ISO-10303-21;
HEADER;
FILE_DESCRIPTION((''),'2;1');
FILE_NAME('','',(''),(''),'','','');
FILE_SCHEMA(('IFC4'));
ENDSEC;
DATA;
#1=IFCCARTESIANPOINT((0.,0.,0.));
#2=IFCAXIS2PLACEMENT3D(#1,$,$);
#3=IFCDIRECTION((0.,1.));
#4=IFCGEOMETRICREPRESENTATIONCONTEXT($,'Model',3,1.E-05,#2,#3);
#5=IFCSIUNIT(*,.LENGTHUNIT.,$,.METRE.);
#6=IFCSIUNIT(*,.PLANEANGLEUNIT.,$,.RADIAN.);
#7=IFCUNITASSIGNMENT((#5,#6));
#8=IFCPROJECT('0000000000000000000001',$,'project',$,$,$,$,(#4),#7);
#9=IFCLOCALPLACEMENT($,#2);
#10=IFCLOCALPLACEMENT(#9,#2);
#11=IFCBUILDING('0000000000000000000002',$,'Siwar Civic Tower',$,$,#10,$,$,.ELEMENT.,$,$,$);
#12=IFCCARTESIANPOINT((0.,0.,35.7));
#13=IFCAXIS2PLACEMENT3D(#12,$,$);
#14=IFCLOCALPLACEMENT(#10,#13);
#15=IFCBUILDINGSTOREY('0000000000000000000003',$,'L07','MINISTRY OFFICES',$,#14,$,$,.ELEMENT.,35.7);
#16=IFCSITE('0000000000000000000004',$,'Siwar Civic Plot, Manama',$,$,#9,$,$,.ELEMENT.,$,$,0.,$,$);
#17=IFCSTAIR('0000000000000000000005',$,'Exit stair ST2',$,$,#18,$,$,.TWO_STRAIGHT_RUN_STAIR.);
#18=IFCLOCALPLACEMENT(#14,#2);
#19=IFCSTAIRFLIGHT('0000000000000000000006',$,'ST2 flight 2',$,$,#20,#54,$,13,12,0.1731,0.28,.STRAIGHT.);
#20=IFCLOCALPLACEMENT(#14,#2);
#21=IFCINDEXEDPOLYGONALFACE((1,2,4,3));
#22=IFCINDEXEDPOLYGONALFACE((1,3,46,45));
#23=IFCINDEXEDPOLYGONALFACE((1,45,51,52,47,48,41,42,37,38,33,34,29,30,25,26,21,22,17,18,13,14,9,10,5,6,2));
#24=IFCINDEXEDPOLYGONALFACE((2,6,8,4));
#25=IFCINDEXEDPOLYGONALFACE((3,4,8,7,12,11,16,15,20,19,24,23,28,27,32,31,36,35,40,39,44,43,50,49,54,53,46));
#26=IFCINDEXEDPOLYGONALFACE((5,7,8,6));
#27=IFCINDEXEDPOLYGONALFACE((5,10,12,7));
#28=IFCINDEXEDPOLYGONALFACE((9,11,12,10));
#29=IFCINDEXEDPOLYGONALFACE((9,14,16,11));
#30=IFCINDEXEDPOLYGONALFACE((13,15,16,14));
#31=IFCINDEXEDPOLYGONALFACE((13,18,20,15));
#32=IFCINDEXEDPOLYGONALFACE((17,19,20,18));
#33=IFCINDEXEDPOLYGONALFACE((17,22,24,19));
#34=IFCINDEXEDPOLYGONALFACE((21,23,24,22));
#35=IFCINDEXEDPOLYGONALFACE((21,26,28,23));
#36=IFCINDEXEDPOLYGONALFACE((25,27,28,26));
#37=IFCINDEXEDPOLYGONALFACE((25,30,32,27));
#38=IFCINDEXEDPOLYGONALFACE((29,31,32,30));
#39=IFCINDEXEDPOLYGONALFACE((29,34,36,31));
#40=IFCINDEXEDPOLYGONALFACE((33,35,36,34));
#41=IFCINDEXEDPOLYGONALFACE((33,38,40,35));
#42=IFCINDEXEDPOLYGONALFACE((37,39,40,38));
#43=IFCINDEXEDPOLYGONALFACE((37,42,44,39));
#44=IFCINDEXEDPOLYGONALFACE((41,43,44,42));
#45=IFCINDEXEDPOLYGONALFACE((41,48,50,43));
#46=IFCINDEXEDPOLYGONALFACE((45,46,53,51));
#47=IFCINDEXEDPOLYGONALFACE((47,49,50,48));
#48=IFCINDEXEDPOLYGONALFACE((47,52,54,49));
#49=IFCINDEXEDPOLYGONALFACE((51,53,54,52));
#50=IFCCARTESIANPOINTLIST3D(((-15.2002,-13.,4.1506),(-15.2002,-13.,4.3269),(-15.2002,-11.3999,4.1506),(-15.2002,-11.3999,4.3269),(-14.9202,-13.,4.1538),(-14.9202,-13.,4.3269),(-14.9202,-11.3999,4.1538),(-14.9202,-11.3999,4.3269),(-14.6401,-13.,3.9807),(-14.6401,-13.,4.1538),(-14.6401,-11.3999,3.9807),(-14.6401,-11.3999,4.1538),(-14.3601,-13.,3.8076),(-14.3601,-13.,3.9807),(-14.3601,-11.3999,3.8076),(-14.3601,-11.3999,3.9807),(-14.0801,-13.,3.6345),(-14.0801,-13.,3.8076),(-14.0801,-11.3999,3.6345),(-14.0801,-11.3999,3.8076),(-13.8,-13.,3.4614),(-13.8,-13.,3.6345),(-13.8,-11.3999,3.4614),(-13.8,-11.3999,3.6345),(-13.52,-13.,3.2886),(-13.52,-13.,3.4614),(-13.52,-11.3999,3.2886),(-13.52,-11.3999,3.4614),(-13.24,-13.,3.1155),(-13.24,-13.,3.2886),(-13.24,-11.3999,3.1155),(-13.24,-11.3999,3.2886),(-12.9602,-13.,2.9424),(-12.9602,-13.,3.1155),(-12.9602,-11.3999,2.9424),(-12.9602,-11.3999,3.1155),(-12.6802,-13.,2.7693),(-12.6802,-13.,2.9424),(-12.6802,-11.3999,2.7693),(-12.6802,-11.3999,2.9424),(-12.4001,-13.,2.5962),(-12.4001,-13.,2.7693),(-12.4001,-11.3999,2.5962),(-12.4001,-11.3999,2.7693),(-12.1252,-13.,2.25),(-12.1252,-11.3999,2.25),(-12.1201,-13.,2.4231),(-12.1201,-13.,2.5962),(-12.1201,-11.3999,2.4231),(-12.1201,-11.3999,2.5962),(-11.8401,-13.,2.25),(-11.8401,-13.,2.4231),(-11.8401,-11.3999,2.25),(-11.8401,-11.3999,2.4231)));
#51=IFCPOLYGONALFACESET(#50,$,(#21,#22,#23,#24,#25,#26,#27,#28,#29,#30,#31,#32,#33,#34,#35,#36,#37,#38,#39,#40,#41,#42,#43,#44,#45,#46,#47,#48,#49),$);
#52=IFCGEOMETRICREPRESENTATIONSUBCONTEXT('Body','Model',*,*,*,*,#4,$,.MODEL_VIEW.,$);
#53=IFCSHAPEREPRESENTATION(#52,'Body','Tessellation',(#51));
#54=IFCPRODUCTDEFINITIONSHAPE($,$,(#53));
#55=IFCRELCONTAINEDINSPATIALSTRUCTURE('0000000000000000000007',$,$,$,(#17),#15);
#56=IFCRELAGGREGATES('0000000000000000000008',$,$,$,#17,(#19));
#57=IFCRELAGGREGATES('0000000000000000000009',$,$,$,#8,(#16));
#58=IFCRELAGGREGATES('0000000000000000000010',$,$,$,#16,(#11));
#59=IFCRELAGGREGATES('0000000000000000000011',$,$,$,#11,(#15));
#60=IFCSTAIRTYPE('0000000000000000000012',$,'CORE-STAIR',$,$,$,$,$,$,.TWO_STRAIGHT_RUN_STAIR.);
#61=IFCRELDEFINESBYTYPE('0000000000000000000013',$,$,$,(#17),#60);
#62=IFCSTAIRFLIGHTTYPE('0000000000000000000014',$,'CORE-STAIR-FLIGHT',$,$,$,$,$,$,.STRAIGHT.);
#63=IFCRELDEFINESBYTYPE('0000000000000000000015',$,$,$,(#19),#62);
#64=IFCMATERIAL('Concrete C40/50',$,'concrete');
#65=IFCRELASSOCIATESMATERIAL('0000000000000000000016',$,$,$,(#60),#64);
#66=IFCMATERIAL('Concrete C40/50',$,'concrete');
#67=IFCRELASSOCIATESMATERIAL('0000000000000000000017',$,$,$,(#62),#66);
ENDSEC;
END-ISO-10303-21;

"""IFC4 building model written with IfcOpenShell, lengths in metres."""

from ifc_helpers import new_model, si_unit, direction, frame, origin, place, context, subcontext, project, spatial, polyline, outline, extrude, material, type_object, element, aggregate, save


model = new_model("IFC4")

# Units and contexts
model_context = context("Model", 3, precision=1e-05, world=origin(), true_north=direction((0.0, 1.0)))
body_context = subcontext(model_context, "Body", "Model", "MODEL_VIEW")
ifc_project = project(units=[si_unit("LENGTHUNIT", "METRE"), si_unit("PLANEANGLEUNIT", "RADIAN")], contexts=[model_context])

# Site, building, storey
site_placement = place(None, origin())
site = spatial("IfcSite", under=ifc_project, at=site_placement, Name="Siwar Civic Plot, Manama", CompositionType="ELEMENT", RefElevation=0.0)
building_placement = place(site_placement, origin())
building = spatial("IfcBuilding", under=site, at=building_placement, Name="Siwar Civic Tower", CompositionType="ELEMENT")
storey_placement = place(building_placement, frame((0.0, 0.0, 35.7)))
storey = spatial("IfcBuildingStorey", under=building, at=storey_placement, Name="L07", Description="MINISTRY OFFICES", CompositionType="ELEMENT", Elevation=35.7)

# Stair, stair flight
ifc_material_1 = material(Name="Concrete C40/50", Category="concrete")
stair_type = type_object("IfcStairType", Name="CORE-STAIR", PredefinedType="TWO_STRAIGHT_RUN_STAIR", material=ifc_material_1)
stair_placement = place(storey_placement, origin())
stair = element("IfcStair", 1, at=stair_placement, inside=storey, type_object=stair_type, Name="Exit stair ST2", PredefinedType="TWO_STRAIGHT_RUN_STAIR")
ifc_material_2 = material(Name="Concrete C40/50", Category="concrete")
stair_flight_type = type_object("IfcStairFlightType", Name="CORE-STAIR-FLIGHT", PredefinedType="STRAIGHT", material=ifc_material_2)
stair_flight_1_placement = place(storey_placement, frame((-11.8401, -12.2, 2.25), z_axis=(0.0, 0.0, 1.0), x_axis=(-1.0, 0.0, 0.0)))
stair_flight_1 = element("IfcStairFlight", 2, at=stair_flight_1_placement, type_object=stair_flight_type, Name="ST2 flight 2", NumberOfRisers=13, NumberOfTreads=12, PredefinedType="STRAIGHT", RiserHeight=0.1731, TreadLength=0.28, context=body_context, shape_type="SweptSolid", body=[
    extrude(outline(polyline([(0.0, 0.0), (0.0, 0.1731), (0.28, 0.1731), (0.28, 0.3462), (0.5601, 0.3462), (0.5601, 0.5193), (0.8401, 0.5193), (0.8401, 0.6924), (1.1201, 0.6924), (1.1201, 0.8655), (1.3999, 0.8655), (1.3999, 1.0386), (1.6799, 1.0386), (1.6799, 1.2114), (1.96, 1.2114), (1.96, 1.3845), (2.24, 1.3845), (2.24, 1.5576), (2.52, 1.5576), (2.52, 1.7307), (2.8, 1.7307), (2.8, 1.9038), (3.0801, 1.9038), (3.0801, 2.0769), (3.3601, 2.0769), (3.3601, 2.25), (3.3601, 1.9006), (0.2852, 0.0), (0.0, 0.0)])), frame((0.0, 0.8, 0.0), z_axis=(0.0, -1.0, 0.0), x_axis=(1.0, 0.0, 0.0)), (0.0, 0.0, 1.0), 1.6001),
])
aggregate(stair, [stair_flight_1])

save(model, "model.ifc")
